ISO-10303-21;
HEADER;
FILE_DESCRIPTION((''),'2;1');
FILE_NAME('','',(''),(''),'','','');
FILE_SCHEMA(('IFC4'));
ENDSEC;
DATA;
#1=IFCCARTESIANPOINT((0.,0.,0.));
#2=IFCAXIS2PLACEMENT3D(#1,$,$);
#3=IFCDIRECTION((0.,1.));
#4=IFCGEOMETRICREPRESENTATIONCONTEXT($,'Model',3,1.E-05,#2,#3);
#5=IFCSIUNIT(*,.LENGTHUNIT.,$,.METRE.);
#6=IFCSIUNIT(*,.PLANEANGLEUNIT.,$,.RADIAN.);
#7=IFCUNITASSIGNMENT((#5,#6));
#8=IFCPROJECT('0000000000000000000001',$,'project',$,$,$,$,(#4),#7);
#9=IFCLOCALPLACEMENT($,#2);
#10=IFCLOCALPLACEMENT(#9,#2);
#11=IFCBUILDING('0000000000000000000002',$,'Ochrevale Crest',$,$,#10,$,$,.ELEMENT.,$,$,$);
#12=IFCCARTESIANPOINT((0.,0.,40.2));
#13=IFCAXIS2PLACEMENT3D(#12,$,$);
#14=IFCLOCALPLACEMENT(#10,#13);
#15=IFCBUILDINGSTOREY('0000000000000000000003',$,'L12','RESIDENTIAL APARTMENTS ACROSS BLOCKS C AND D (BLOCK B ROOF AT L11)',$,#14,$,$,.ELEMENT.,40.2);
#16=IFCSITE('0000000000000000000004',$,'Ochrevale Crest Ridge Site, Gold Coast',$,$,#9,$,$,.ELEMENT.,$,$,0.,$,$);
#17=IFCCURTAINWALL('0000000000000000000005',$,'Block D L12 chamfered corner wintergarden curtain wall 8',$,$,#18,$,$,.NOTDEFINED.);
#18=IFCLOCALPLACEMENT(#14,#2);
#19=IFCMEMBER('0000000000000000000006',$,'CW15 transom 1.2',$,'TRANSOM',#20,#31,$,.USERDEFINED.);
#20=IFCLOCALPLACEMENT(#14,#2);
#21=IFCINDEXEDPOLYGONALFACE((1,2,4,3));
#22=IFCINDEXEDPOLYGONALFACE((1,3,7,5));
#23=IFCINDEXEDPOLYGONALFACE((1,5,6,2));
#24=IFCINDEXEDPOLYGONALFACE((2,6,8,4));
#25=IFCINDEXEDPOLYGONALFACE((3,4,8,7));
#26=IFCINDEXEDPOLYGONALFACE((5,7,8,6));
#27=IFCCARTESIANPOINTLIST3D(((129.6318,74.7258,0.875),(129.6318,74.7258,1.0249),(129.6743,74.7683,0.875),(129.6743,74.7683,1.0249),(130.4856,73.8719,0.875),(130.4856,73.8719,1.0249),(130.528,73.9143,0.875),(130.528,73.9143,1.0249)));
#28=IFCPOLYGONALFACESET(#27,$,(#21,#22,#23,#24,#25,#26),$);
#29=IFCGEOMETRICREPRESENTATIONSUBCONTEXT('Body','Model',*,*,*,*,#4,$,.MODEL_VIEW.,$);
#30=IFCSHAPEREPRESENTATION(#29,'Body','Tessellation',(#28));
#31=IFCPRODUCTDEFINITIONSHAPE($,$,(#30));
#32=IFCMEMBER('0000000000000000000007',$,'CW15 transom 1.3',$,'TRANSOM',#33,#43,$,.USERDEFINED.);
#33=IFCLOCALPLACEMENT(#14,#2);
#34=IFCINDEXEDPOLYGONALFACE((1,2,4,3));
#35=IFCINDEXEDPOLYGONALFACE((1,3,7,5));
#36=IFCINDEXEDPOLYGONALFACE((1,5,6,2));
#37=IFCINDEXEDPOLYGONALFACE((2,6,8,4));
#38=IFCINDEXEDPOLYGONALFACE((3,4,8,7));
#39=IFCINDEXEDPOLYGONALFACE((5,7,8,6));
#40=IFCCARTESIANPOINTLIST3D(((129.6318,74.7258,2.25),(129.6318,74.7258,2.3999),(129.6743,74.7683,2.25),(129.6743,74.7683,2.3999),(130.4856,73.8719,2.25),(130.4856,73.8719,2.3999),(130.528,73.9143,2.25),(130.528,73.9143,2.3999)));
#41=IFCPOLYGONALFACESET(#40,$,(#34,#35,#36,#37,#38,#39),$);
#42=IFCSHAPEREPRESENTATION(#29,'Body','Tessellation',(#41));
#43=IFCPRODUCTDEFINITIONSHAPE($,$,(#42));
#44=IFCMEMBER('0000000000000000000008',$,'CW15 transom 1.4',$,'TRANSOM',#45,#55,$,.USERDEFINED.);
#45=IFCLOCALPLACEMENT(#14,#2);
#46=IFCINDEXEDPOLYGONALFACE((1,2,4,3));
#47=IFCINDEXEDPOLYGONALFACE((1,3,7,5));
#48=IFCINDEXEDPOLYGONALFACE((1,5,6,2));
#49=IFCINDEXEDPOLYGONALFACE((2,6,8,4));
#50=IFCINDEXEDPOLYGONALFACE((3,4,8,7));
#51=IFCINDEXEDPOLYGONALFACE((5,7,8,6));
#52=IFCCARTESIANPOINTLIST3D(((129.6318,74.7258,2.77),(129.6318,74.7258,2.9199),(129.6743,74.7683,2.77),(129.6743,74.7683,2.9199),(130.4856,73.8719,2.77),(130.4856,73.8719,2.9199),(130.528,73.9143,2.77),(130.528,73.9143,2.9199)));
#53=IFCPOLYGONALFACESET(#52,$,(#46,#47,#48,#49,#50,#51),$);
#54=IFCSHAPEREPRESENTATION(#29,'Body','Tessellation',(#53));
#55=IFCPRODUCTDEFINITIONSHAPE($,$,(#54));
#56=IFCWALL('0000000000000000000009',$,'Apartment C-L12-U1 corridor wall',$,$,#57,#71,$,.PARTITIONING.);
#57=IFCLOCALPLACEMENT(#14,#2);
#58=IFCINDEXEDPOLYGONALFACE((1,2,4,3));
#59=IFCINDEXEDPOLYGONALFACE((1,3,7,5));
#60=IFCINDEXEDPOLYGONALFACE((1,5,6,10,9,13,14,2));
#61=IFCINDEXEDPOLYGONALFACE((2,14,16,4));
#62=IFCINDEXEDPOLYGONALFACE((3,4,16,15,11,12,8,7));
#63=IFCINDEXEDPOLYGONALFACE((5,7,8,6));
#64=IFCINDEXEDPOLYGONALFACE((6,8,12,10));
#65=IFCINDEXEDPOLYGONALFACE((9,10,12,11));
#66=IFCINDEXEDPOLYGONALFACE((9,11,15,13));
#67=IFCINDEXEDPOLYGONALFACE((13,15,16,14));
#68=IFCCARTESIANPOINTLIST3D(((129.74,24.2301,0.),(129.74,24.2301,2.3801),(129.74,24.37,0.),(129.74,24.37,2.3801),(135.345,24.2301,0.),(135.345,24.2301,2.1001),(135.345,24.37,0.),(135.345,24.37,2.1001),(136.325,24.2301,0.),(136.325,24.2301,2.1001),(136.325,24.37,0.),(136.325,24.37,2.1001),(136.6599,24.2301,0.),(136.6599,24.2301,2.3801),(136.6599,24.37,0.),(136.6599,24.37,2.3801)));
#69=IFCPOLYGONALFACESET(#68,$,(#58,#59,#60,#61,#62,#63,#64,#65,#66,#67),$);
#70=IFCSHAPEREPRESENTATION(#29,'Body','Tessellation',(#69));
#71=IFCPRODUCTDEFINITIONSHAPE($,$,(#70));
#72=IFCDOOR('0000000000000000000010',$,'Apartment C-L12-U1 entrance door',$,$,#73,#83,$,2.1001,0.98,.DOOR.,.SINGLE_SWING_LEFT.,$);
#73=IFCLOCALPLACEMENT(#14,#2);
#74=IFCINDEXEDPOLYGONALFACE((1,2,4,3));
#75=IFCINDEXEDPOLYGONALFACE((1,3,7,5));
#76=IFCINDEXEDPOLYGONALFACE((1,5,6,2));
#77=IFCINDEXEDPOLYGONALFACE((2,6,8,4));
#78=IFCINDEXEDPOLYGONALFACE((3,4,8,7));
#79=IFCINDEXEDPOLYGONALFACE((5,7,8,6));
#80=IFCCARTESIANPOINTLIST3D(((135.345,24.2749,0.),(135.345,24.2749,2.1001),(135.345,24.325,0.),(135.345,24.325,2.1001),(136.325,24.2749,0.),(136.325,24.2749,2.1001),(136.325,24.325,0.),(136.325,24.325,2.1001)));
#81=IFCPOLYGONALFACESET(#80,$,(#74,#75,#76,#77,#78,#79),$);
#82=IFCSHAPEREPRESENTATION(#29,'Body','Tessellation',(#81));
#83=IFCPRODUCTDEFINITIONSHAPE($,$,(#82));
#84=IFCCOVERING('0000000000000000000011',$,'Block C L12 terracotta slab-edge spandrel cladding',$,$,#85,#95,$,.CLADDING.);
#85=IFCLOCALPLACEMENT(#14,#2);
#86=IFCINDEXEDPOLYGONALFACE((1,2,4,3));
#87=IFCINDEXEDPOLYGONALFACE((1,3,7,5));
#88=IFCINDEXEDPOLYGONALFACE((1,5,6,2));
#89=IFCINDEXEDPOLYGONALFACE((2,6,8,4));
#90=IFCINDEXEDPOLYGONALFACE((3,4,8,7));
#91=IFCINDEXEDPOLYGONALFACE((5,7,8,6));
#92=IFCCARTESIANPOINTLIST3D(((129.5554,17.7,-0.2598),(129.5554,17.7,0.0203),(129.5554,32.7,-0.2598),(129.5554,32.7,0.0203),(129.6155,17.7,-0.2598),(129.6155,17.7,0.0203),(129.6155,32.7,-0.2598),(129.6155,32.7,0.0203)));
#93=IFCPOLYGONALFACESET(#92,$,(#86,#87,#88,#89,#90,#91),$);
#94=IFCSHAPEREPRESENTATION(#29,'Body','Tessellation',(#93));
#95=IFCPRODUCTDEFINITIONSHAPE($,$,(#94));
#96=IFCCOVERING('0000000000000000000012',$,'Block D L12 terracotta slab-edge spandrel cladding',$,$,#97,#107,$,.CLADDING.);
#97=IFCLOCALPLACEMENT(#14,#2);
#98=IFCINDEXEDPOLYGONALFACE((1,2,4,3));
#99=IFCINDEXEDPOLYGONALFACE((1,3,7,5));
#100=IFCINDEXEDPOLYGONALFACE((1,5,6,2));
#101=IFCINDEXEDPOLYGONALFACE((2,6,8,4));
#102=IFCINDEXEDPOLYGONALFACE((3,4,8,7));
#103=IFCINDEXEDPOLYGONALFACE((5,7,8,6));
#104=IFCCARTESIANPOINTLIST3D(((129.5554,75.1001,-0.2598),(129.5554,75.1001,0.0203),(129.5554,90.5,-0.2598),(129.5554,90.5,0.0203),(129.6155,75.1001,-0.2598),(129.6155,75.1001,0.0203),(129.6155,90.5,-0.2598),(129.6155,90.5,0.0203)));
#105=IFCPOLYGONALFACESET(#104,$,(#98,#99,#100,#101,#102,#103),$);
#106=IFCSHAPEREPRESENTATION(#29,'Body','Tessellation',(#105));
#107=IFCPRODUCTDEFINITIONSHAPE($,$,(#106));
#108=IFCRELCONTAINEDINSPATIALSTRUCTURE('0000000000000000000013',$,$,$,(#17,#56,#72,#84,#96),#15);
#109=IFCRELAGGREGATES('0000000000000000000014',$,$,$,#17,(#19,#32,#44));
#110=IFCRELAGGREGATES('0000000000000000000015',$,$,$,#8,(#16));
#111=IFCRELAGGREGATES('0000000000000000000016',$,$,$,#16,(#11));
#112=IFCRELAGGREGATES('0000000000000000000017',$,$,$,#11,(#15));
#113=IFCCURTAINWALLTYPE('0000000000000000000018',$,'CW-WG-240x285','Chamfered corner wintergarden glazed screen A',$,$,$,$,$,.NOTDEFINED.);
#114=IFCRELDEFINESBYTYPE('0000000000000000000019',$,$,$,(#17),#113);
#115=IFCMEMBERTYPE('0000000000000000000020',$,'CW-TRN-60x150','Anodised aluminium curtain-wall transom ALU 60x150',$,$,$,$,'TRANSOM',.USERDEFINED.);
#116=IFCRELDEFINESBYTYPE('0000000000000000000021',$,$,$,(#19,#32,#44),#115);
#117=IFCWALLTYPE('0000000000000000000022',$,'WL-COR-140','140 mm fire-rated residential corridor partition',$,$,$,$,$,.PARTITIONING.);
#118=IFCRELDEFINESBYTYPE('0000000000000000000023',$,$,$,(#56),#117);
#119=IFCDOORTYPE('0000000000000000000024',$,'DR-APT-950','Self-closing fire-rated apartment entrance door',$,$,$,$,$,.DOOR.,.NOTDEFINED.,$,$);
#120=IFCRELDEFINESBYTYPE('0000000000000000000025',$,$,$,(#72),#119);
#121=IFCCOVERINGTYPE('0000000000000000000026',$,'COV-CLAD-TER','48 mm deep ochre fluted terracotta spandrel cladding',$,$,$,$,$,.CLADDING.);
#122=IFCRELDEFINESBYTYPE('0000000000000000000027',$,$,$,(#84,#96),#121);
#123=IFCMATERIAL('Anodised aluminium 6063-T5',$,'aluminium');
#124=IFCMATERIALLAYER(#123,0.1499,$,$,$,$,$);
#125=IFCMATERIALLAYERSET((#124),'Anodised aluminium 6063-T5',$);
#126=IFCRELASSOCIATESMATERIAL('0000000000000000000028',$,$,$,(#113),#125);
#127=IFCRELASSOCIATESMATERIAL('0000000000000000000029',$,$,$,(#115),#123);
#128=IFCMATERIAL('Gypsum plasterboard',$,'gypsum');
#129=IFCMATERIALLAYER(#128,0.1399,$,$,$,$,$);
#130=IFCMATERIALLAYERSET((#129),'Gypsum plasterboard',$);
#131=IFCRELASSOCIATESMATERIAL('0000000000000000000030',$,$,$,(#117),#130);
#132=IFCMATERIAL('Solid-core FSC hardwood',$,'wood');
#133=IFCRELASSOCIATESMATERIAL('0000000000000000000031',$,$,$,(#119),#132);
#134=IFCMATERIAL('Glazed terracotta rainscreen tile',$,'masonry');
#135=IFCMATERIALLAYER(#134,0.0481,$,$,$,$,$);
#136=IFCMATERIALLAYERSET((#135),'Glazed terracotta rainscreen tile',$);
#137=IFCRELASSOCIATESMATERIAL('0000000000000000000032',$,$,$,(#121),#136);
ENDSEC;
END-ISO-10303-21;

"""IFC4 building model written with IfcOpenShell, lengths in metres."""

from ifc_helpers import new_model, si_unit, direction, frame, frame_2d, origin, origin_2d, place, context, subcontext, project, spatial, rectangle, extrude, material, layer, layer_set, material_profile, profile_set, type_object, element, fill, aggregate, save


model = new_model("IFC4")

# Units and contexts
model_context = context("Model", 3, precision=1e-05, world=origin(), true_north=direction((0.0, 1.0)))
body_context = subcontext(model_context, "Body", "Model", "MODEL_VIEW")
ifc_project = project(units=[si_unit("LENGTHUNIT", "METRE"), si_unit("PLANEANGLEUNIT", "RADIAN")], contexts=[model_context])

# Site, building, storey
site_placement = place(None, origin())
site = spatial("IfcSite", under=ifc_project, at=site_placement, Name="Ochrevale Crest Ridge Site, Gold Coast", CompositionType="ELEMENT", RefElevation=0.0)
building_placement = place(site_placement, origin())
building = spatial("IfcBuilding", under=site, at=building_placement, Name="Ochrevale Crest", CompositionType="ELEMENT")
storey_placement = place(building_placement, frame((0.0, 0.0, 40.2)))
storey = spatial("IfcBuildingStorey", under=building, at=storey_placement, Name="L12", Description="RESIDENTIAL APARTMENTS ACROSS BLOCKS C AND D (BLOCK B ROOF AT L11)", CompositionType="ELEMENT", Elevation=40.2)

# Curtain wall
ifc_material_1 = material(Name="Anodised aluminium 6063-T5", Category="aluminium")
ifc_layer_1 = layer(ifc_material_1, 0.1499)
ifc_layer_set_1 = layer_set([ifc_layer_1], Name="Anodised aluminium 6063-T5")
curtain_wall_type_1 = type_object("IfcCurtainWallType", Name="CW-WG-240x285", Description="Chamfered corner wintergarden glazed screen A", PredefinedType="NOTDEFINED", material=ifc_layer_set_1)
curtain_wall_1_placement = place(storey_placement, origin())
curtain_wall_1 = element("IfcCurtainWall", 1, at=curtain_wall_1_placement, inside=storey, type_object=curtain_wall_type_1, Name="Block D L12 chamfered corner wintergarden curtain wall 8", PredefinedType="NOTDEFINED")

# Members
ifc_material_profile_1 = material_profile(ifc_material_1, rectangle(XDim=0.0601, YDim=0.1499, at=origin_2d()), Name="ALU 60x150")
ifc_profile_set_1 = profile_set([ifc_material_profile_1], Name="Anodised aluminium 6063-T5")
member_type_1 = type_object("IfcMemberType", Name="CW-TRN-60x150", Description="Anodised aluminium curtain-wall transom ALU 60x150", ElementType="TRANSOM", PredefinedType="USERDEFINED", material=ifc_profile_set_1)
member_1_placement = place(storey_placement, frame((129.6531, 74.7471, 0.95), z_axis=(0.707006, -0.707208, 0.0), x_axis=(0.707208, 0.707006, 0.0)))
member_1 = element("IfcMember", 2, at=member_1_placement, type_object=member_type_1, Name="CW15 transom 1.2", ObjectType="TRANSOM", PredefinedType="USERDEFINED", context=body_context, shape_type="SweptSolid", body=[
    extrude(rectangle(XDim=0.0601, YDim=0.1499, at=origin_2d()), origin(), (0.0, 0.0, 1.0), 1.2075),
])
member_2_placement = place(storey_placement, frame((129.6531, 74.7471, 2.325), z_axis=(0.707006, -0.707208, 0.0), x_axis=(0.707208, 0.707006, 0.0)))
member_2 = element("IfcMember", 3, at=member_2_placement, type_object=member_type_1, Name="CW15 transom 1.3", ObjectType="TRANSOM", PredefinedType="USERDEFINED", context=body_context, shape_type="SweptSolid", body=[
    extrude(rectangle(XDim=0.0601, YDim=0.1499, at=origin_2d()), origin(), (0.0, 0.0, 1.0), 1.2075),
])
member_3_placement = place(storey_placement, frame((129.6531, 74.7471, 2.845), z_axis=(0.707006, -0.707208, 0.0), x_axis=(0.707208, 0.707006, 0.0)))
member_3 = element("IfcMember", 4, at=member_3_placement, type_object=member_type_1, Name="CW15 transom 1.4", ObjectType="TRANSOM", PredefinedType="USERDEFINED", context=body_context, shape_type="SweptSolid", body=[
    extrude(rectangle(XDim=0.0601, YDim=0.1499, at=origin_2d()), origin(), (0.0, 0.0, 1.0), 1.2075),
])
aggregate(curtain_wall_1, [member_1, member_2, member_3])

# Wall, opening, door
ifc_material_2 = material(Name="Gypsum plasterboard", Category="gypsum")
ifc_layer_2 = layer(ifc_material_2, 0.1399)
ifc_layer_set_2 = layer_set([ifc_layer_2], Name="Gypsum plasterboard")
wall_type = type_object("IfcWallType", Name="WL-COR-140", Description="140 mm fire-rated residential corridor partition", PredefinedType="PARTITIONING", material=ifc_layer_set_2)
wall_placement = place(storey_placement, frame((129.74, 24.3, 0.0), z_axis=(0.0, 0.0, 1.0), x_axis=(1.0, 0.0, 0.0)))
wall = element("IfcWall", 5, at=wall_placement, inside=storey, type_object=wall_type, Name="Apartment C-L12-U1 corridor wall", PredefinedType="PARTITIONING", context=body_context, shape_type="SweptSolid", body=[
    extrude(rectangle(XDim=6.9199, YDim=0.1399, at=frame_2d((3.46, 0.0))), origin(), (0.0, 0.0, 1.0), 2.3801),
])
opening_placement = place(wall_placement, frame((5.605, 0.0, 0.0)))
opening = element("IfcOpeningElement", 6, at=opening_placement, cuts=wall, PredefinedType="OPENING", context=body_context, shape_type="SweptSolid", body=[
    extrude(rectangle(XDim=0.98, YDim=2.1001, at=frame_2d((0.49, 1.05))), frame((0.0, 0.0801, 0.0), z_axis=(0.0, -1.0, 0.0), x_axis=(1.0, 0.0, 0.0)), (0.0, 0.0, 1.0), 0.1599),
])
ifc_material_3 = material(Name="Solid-core FSC hardwood", Category="wood")
door_type = type_object("IfcDoorType", Name="DR-APT-950", Description="Self-closing fire-rated apartment entrance door", OperationType="NOTDEFINED", PredefinedType="DOOR", material=ifc_material_3)
door_placement = place(opening_placement, origin())
door = element("IfcDoor", 7, at=door_placement, inside=storey, type_object=door_type, Name="Apartment C-L12-U1 entrance door", OperationType="SINGLE_SWING_LEFT", OverallHeight=2.1001, OverallWidth=0.98, PredefinedType="DOOR", context=body_context, shape_type="SweptSolid", body=[
    extrude(rectangle(XDim=0.98, YDim=2.1001, at=frame_2d((0.49, 1.05))), frame((0.0, 0.0249, 0.0), z_axis=(0.0, -1.0, 0.0), x_axis=(1.0, 0.0, 0.0)), (0.0, 0.0, 1.0), 0.05),
])
fill(opening, door)

# Coverings
ifc_material_4 = material(Name="Glazed terracotta rainscreen tile", Category="masonry")
ifc_layer_3 = layer(ifc_material_4, 0.0481)
ifc_layer_set_3 = layer_set([ifc_layer_3], Name="Glazed terracotta rainscreen tile")
covering_type = type_object("IfcCoveringType", Name="COV-CLAD-TER", Description="48 mm deep ochre fluted terracotta spandrel cladding", PredefinedType="CLADDING", material=ifc_layer_set_3)
covering_1_placement = place(storey_placement, frame((129.5854, 25.2, -0.2598), z_axis=(0.0, 0.0, 1.0), x_axis=(0.0, -1.0, 0.0)))
element("IfcCovering", 8, at=covering_1_placement, inside=storey, type_object=covering_type, Name="Block C L12 terracotta slab-edge spandrel cladding", PredefinedType="CLADDING", context=body_context, shape_type="SweptSolid", body=[
    extrude(rectangle(XDim=15.0, YDim=0.0601, at=origin_2d()), origin(), (0.0, 0.0, 1.0), 0.28),
])
covering_2_placement = place(storey_placement, frame((129.5854, 82.8, -0.2598), z_axis=(0.0, 0.0, 1.0), x_axis=(0.0, -1.0, 0.0)))
element("IfcCovering", 9, at=covering_2_placement, inside=storey, type_object=covering_type, Name="Block D L12 terracotta slab-edge spandrel cladding", PredefinedType="CLADDING", context=body_context, shape_type="SweptSolid", body=[
    extrude(rectangle(XDim=15.3999, YDim=0.0601, at=origin_2d()), origin(), (0.0, 0.0, 1.0), 0.28),
])

save(model, "model.ifc")
